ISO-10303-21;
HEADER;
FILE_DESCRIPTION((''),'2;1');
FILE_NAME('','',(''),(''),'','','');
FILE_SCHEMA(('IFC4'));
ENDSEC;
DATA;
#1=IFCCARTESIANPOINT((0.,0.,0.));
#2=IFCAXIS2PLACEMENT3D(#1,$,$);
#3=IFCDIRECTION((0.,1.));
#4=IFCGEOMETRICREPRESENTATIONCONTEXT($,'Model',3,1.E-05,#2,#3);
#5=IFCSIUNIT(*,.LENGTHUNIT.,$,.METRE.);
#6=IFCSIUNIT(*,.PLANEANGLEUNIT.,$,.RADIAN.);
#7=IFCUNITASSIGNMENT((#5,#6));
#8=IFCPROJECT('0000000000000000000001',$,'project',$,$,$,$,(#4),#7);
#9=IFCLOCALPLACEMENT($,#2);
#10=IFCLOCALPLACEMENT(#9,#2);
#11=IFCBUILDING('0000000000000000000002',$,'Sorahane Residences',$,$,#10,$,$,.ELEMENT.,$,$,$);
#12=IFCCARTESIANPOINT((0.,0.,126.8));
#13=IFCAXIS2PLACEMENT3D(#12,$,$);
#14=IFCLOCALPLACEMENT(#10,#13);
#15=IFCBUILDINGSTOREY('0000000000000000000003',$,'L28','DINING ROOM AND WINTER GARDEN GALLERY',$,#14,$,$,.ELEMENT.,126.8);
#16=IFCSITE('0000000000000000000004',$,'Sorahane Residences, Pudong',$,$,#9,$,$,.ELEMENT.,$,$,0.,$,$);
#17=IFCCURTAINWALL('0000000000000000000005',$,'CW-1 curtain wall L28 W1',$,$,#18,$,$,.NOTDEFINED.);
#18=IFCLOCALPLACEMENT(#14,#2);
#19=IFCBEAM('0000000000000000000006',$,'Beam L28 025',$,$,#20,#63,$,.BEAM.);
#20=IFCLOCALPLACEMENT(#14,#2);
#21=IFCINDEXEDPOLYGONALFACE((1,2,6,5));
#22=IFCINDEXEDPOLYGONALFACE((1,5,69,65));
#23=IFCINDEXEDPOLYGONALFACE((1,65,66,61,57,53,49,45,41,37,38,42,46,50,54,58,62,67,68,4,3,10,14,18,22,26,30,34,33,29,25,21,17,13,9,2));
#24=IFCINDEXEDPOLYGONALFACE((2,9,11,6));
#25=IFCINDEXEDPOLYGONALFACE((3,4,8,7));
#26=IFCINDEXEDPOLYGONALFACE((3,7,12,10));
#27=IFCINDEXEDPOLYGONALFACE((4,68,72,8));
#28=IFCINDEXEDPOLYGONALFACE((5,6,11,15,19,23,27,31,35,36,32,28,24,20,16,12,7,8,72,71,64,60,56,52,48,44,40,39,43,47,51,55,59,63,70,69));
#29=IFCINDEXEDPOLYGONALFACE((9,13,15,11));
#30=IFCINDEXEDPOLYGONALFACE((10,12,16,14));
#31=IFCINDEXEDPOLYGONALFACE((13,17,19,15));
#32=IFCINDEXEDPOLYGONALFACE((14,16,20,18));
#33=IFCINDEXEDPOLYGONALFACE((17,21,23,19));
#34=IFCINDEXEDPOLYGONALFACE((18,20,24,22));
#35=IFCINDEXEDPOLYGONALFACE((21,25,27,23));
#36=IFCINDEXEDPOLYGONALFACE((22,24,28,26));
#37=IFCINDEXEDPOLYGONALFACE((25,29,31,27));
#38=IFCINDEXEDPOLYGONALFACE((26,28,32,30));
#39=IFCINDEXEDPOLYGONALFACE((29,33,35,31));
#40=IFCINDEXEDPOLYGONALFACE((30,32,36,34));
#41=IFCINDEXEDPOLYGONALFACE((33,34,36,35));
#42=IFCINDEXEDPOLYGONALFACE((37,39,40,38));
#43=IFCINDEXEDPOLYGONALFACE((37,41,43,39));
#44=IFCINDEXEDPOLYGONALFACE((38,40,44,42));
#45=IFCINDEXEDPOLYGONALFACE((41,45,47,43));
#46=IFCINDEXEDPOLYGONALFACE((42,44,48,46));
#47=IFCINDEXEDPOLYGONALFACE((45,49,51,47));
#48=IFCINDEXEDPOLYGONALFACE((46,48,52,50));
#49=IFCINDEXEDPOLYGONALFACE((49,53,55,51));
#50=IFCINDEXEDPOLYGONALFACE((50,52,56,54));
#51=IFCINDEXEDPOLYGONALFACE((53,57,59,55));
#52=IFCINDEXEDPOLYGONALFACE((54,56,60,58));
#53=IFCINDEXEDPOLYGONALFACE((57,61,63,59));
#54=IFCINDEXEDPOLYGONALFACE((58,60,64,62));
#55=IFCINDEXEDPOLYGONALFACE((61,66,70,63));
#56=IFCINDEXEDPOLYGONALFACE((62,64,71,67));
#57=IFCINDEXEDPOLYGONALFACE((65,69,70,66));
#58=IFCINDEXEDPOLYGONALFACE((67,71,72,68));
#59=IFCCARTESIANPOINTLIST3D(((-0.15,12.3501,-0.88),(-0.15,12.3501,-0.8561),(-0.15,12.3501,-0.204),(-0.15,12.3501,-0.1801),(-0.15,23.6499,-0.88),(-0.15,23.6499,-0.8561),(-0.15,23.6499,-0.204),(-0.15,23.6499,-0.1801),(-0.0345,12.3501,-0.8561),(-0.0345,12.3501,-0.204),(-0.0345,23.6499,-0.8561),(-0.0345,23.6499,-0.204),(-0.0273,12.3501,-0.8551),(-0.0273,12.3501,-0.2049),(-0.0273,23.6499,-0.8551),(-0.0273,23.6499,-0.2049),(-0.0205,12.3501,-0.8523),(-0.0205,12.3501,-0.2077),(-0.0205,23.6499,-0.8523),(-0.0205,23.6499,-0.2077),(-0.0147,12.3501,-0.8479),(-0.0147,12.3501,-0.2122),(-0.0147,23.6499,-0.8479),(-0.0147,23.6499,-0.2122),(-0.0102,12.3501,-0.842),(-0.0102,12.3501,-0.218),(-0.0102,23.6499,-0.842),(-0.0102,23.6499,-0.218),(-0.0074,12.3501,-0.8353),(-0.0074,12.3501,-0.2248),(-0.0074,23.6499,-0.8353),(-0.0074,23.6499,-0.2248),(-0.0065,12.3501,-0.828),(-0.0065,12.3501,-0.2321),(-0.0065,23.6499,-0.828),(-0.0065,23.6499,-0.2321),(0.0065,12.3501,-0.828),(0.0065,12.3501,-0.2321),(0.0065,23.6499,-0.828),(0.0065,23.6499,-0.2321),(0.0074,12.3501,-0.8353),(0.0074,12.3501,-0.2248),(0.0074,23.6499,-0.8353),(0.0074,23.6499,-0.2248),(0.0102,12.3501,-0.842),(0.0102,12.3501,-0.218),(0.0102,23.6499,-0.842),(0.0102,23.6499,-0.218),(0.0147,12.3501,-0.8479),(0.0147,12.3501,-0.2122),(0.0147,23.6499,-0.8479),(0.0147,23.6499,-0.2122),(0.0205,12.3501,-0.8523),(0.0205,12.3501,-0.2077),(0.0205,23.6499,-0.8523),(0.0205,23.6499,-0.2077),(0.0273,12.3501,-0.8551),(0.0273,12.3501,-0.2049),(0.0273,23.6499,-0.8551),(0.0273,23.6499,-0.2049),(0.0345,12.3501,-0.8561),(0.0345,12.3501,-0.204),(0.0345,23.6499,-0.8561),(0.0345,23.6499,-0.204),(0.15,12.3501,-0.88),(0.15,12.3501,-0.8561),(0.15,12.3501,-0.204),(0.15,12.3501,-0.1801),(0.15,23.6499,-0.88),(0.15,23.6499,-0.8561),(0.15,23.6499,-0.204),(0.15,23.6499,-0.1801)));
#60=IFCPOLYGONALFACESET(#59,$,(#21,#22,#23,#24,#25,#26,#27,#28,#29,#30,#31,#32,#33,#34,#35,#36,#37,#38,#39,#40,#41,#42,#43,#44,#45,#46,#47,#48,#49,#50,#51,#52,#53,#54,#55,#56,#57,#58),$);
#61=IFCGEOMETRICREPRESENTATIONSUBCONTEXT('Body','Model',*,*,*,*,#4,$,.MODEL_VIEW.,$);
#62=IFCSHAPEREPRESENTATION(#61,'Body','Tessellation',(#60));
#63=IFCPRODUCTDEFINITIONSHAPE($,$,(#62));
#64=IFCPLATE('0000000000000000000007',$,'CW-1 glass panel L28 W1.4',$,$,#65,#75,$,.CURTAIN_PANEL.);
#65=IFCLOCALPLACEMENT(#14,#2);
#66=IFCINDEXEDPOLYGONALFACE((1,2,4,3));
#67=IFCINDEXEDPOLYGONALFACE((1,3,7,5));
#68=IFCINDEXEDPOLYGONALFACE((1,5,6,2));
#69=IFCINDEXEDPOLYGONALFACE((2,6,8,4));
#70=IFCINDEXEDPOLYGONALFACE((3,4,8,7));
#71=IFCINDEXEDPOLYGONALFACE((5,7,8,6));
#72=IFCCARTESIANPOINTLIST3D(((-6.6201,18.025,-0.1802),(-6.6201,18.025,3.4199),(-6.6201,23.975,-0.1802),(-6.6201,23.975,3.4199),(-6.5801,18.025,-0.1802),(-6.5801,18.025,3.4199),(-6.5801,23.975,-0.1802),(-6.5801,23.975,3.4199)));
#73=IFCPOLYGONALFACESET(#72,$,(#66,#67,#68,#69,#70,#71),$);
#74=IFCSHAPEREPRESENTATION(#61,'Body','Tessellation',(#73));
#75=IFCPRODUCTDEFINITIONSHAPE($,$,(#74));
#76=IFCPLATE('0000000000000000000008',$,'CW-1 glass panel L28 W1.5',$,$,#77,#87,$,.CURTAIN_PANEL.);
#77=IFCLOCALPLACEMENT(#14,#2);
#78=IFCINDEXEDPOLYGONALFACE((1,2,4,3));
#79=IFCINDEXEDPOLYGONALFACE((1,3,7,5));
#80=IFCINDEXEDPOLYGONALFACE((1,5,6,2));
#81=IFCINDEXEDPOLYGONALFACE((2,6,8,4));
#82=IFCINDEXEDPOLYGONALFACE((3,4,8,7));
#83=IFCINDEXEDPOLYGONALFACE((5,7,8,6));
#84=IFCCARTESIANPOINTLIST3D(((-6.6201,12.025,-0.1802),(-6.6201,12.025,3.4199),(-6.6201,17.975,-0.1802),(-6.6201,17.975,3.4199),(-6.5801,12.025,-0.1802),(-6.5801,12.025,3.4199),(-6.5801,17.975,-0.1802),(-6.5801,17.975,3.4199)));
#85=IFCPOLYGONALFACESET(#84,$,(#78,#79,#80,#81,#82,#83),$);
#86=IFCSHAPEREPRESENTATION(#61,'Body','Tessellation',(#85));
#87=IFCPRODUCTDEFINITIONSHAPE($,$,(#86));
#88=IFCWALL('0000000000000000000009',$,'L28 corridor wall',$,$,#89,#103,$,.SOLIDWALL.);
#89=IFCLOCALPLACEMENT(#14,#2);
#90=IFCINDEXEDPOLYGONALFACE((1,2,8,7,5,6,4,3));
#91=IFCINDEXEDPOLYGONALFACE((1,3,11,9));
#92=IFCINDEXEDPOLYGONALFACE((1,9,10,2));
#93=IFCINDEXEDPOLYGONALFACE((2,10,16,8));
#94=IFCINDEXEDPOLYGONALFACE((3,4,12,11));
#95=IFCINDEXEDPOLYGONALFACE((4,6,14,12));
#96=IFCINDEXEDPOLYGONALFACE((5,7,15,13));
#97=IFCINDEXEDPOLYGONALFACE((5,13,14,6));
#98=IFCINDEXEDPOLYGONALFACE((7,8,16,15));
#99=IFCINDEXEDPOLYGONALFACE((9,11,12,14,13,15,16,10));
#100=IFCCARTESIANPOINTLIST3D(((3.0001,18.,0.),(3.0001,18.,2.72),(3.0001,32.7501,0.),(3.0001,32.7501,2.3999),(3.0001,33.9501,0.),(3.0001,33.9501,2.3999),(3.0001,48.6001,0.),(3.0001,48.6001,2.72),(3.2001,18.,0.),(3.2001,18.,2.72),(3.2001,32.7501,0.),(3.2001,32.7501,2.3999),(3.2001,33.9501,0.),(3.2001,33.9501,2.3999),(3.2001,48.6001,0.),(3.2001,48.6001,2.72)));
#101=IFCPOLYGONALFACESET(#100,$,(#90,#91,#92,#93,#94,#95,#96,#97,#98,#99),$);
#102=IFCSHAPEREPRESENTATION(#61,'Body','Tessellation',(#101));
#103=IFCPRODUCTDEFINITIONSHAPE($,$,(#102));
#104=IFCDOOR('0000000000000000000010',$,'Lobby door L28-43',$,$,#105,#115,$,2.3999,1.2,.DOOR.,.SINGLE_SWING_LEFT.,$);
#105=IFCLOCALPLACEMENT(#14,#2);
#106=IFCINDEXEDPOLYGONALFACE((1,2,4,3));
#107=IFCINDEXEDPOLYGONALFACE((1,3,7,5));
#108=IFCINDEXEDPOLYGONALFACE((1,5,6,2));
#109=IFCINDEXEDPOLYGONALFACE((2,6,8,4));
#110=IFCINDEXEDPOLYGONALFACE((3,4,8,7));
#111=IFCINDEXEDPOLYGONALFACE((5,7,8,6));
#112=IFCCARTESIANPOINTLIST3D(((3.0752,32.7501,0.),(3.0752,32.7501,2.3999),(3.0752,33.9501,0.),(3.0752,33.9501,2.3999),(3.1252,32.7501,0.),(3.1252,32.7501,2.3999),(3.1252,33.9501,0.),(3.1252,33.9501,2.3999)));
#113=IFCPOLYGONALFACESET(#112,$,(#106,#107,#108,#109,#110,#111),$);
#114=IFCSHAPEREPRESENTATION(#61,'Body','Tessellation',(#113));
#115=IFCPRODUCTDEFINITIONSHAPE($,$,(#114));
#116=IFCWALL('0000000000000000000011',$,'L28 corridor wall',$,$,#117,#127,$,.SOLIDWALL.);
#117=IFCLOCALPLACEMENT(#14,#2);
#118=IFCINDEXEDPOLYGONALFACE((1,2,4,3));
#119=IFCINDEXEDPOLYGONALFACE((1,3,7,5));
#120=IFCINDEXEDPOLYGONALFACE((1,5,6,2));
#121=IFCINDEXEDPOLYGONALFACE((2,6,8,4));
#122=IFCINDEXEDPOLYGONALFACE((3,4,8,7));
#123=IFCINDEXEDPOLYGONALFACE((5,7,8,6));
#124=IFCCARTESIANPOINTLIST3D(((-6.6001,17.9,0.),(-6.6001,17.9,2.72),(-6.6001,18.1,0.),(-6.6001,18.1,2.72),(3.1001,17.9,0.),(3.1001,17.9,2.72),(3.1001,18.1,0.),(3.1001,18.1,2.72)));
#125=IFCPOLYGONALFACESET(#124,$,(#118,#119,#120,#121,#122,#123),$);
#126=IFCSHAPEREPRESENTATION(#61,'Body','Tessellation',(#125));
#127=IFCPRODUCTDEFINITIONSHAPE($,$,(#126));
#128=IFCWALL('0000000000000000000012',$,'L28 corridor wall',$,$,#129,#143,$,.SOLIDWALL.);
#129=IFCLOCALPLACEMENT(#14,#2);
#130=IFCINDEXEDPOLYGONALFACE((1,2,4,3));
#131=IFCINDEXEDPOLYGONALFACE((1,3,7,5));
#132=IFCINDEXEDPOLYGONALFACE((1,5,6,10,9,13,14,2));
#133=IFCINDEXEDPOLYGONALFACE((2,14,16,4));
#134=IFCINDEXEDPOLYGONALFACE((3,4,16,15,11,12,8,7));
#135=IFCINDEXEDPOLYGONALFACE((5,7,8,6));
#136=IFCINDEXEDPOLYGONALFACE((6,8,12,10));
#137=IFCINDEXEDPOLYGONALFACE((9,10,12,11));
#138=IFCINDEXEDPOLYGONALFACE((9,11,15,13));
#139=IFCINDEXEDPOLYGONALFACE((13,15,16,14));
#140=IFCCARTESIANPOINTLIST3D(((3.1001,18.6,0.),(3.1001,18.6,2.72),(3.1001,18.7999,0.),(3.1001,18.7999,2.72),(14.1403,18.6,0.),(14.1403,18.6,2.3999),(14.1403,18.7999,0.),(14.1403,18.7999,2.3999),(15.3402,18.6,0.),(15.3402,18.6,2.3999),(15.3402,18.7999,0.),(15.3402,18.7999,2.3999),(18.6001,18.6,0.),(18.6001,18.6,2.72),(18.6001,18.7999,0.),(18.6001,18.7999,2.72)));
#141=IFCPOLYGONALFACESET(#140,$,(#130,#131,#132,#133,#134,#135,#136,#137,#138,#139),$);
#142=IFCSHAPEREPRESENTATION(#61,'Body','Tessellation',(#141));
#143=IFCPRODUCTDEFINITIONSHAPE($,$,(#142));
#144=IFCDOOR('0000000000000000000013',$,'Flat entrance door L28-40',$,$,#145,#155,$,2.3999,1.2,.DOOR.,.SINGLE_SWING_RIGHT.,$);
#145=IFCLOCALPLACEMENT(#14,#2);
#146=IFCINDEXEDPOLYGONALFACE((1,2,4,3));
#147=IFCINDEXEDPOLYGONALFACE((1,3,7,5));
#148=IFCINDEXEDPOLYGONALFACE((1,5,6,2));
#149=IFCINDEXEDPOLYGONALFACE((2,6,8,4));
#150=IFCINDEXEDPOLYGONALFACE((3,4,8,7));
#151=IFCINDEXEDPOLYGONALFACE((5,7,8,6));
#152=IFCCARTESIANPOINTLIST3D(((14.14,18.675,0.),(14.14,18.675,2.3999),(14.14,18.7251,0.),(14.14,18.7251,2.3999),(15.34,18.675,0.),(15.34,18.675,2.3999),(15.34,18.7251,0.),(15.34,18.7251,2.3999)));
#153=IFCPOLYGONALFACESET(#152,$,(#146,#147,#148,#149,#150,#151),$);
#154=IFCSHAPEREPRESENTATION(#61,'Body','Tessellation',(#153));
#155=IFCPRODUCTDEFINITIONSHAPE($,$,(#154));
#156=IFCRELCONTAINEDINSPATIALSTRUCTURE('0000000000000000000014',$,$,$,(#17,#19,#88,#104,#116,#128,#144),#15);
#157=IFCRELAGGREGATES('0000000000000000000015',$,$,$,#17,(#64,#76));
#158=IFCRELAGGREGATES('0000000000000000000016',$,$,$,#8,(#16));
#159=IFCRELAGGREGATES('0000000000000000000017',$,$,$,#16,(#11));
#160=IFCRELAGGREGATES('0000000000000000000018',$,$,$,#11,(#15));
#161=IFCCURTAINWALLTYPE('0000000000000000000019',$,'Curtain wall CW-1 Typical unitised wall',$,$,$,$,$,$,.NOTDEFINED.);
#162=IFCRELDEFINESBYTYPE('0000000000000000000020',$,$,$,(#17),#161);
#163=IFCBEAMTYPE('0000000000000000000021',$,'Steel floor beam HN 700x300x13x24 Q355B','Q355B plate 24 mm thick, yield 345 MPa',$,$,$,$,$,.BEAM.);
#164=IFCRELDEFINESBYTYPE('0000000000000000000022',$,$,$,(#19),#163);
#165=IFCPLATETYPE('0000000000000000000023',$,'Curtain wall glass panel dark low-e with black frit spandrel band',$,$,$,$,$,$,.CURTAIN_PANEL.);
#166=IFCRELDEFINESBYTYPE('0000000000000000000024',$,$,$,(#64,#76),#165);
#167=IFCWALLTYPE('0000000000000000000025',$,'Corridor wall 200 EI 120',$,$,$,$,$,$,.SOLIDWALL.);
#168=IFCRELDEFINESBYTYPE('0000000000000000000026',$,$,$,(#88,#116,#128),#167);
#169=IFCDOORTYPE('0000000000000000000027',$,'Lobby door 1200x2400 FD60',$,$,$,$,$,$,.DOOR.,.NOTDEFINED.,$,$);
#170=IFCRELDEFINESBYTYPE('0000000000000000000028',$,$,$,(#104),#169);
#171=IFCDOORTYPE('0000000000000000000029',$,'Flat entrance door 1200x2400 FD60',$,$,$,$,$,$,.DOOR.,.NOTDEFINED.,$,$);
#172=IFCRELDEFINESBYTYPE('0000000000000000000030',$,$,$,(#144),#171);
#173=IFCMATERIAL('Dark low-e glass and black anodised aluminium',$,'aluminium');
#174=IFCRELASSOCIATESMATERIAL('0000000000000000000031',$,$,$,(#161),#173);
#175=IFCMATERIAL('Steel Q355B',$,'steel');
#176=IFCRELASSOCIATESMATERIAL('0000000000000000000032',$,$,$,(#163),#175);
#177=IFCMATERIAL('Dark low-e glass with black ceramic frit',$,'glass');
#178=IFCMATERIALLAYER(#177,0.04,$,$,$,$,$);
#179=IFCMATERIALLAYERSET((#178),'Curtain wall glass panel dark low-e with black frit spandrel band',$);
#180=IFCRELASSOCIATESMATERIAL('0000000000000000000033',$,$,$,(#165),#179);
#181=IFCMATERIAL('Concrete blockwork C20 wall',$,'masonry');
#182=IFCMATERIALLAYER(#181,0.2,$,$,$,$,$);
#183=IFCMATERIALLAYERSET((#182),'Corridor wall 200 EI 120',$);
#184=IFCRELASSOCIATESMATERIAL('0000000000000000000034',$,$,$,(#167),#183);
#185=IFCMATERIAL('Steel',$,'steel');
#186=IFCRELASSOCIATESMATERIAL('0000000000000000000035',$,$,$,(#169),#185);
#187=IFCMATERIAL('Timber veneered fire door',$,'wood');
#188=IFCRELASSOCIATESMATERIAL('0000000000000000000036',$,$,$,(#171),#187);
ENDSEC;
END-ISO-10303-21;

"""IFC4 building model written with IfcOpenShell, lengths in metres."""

from ifc_helpers import new_model, si_unit, direction, frame, frame_2d, origin, origin_2d, place, context, subcontext, project, spatial, rectangle, i_section, extrude, material, layer, layer_set, material_profile, profile_set, type_object, element, fill, aggregate, save


model = new_model("IFC4")

# Units and contexts
model_context = context("Model", 3, precision=1e-05, world=origin(), true_north=direction((0.0, 1.0)))
body_context = subcontext(model_context, "Body", "Model", "MODEL_VIEW")
ifc_project = project(units=[si_unit("LENGTHUNIT", "METRE"), si_unit("PLANEANGLEUNIT", "RADIAN")], contexts=[model_context])

# Site, building, storey
site_placement = place(None, origin())
site = spatial("IfcSite", under=ifc_project, at=site_placement, Name="Sorahane Residences, Pudong", CompositionType="ELEMENT", RefElevation=0.0)
building_placement = place(site_placement, origin())
building = spatial("IfcBuilding", under=site, at=building_placement, Name="Sorahane Residences", CompositionType="ELEMENT")
storey_placement = place(building_placement, frame((0.0, 0.0, 126.8)))
storey = spatial("IfcBuildingStorey", under=building, at=storey_placement, Name="L28", Description="DINING ROOM AND WINTER GARDEN GALLERY", CompositionType="ELEMENT", Elevation=126.8)

# Curtain wall
ifc_material_1 = material(Name="Dark low-e glass and black anodised aluminium", Category="aluminium")
curtain_wall_type = type_object("IfcCurtainWallType", Name="Curtain wall CW-1 Typical unitised wall", PredefinedType="NOTDEFINED", material=ifc_material_1)
curtain_wall_placement = place(storey_placement, origin())
curtain_wall = element("IfcCurtainWall", 1, at=curtain_wall_placement, inside=storey, type_object=curtain_wall_type, Name="CW-1 curtain wall L28 W1", PredefinedType="NOTDEFINED")

# Beam
ifc_material_2 = material(Name="Steel Q355B", Category="steel")
ifc_material_profile_1 = material_profile(ifc_material_2, i_section(OverallWidth=0.3, OverallDepth=0.7, WebThickness=0.0129, FlangeThickness=0.0239, FilletRadius=0.0281, at=origin_2d()), Name="HN 700x300x13x24")
ifc_profile_set_1 = profile_set([ifc_material_profile_1], Name="Steel Q355B")
beam_type_1 = type_object("IfcBeamType", Name="Steel floor beam HN 700x300x13x24 Q355B", Description="Q355B plate 24 mm thick, yield 345 MPa", PredefinedType="BEAM", material=ifc_profile_set_1)
beam_1_placement = place(storey_placement, frame((0.0, 12.3501, -0.53), z_axis=(0.0, 1.0, 0.0), x_axis=(-1.0, 0.0, 0.0)))
element("IfcBeam", 2, at=beam_1_placement, inside=storey, type_object=beam_type_1, Name="Beam L28 025", PredefinedType="BEAM", context=body_context, shape_type="SweptSolid", body=[
    extrude(i_section(OverallWidth=0.3, OverallDepth=0.7, WebThickness=0.0129, FlangeThickness=0.0239, FilletRadius=0.0281, at=origin_2d()), origin(), (0.0, 0.0, 1.0), 11.2998),
])

# Plates
ifc_material_3 = material(Name="Dark low-e glass with black ceramic frit", Category="glass")
ifc_layer_1 = layer(ifc_material_3, 0.04)
ifc_layer_set_1 = layer_set([ifc_layer_1], Name="Curtain wall glass panel dark low-e with black frit spandrel band")
plate_type = type_object("IfcPlateType", Name="Curtain wall glass panel dark low-e with black frit spandrel band", PredefinedType="CURTAIN_PANEL", material=ifc_layer_set_1)
plate_1_placement = place(storey_placement, frame((-6.6001, 21.0, -0.1802), z_axis=(0.0, 0.0, 1.0), x_axis=(0.0, -1.0, 0.0)))
plate_1 = element("IfcPlate", 3, at=plate_1_placement, type_object=plate_type, Name="CW-1 glass panel L28 W1.4", PredefinedType="CURTAIN_PANEL", context=body_context, shape_type="SweptSolid", body=[
    extrude(rectangle(XDim=5.95, YDim=0.04, at=origin_2d()), origin(), (0.0, 0.0, 1.0), 3.6001),
])
plate_2_placement = place(storey_placement, frame((-6.6001, 15.0, -0.1802), z_axis=(0.0, 0.0, 1.0), x_axis=(0.0, -1.0, 0.0)))
plate_2 = element("IfcPlate", 4, at=plate_2_placement, type_object=plate_type, Name="CW-1 glass panel L28 W1.5", PredefinedType="CURTAIN_PANEL", context=body_context, shape_type="SweptSolid", body=[
    extrude(rectangle(XDim=5.95, YDim=0.04, at=origin_2d()), origin(), (0.0, 0.0, 1.0), 3.6001),
])
aggregate(curtain_wall, [plate_1, plate_2])

# Wall, opening, door
ifc_material_4 = material(Name="Concrete blockwork C20 wall", Category="masonry")
ifc_layer_2 = layer(ifc_material_4, 0.2)
ifc_layer_set_2 = layer_set([ifc_layer_2], Name="Corridor wall 200 EI 120")
wall_type_1 = type_object("IfcWallType", Name="Corridor wall 200 EI 120", PredefinedType="SOLIDWALL", material=ifc_layer_set_2)
wall_1_placement = place(storey_placement, frame((3.1001, 18.0, 0.0), z_axis=(0.0, 0.0, 1.0), x_axis=(0.0, 1.0, 0.0)))
wall_1 = element("IfcWall", 5, at=wall_1_placement, inside=storey, type_object=wall_type_1, Name="L28 corridor wall", PredefinedType="SOLIDWALL", context=body_context, shape_type="SweptSolid", body=[
    extrude(rectangle(XDim=30.6001, YDim=0.2, at=frame_2d((15.3, 0.0))), origin(), (0.0, 0.0, 1.0), 2.72),
])
opening_1_placement = place(wall_1_placement, frame((14.75, 0.0, 0.0)))
opening_1 = element("IfcOpeningElement", 6, at=opening_1_placement, cuts=wall_1, PredefinedType="OPENING", context=body_context, shape_type="SweptSolid", body=[
    extrude(rectangle(XDim=1.2, YDim=2.3999, at=frame_2d((0.6001, 1.2))), frame((0.0, 0.1099, 0.0), z_axis=(0.0, -1.0, 0.0), x_axis=(1.0, 0.0, 0.0)), (0.0, 0.0, 1.0), 0.22),
])
ifc_material_5 = material(Name="Steel", Category="steel")
door_type_1 = type_object("IfcDoorType", Name="Lobby door 1200x2400 FD60", OperationType="NOTDEFINED", PredefinedType="DOOR", material=ifc_material_5)
door_1_placement = place(opening_1_placement, origin())
door_1 = element("IfcDoor", 7, at=door_1_placement, inside=storey, type_object=door_type_1, Name="Lobby door L28-43", OperationType="SINGLE_SWING_LEFT", OverallHeight=2.3999, OverallWidth=1.2, PredefinedType="DOOR", context=body_context, shape_type="SweptSolid", body=[
    extrude(rectangle(XDim=1.2, YDim=2.3999, at=frame_2d((0.6001, 1.2))), frame((0.0, 0.0249, 0.0), z_axis=(0.0, -1.0, 0.0), x_axis=(1.0, 0.0, 0.0)), (0.0, 0.0, 1.0), 0.05),
])
fill(opening_1, door_1)

# Wall
wall_2_placement = place(storey_placement, frame((-6.6001, 18.0, 0.0), z_axis=(0.0, 0.0, 1.0), x_axis=(1.0, 0.0, 0.0)))
element("IfcWall", 8, at=wall_2_placement, inside=storey, type_object=wall_type_1, Name="L28 corridor wall", PredefinedType="SOLIDWALL", context=body_context, shape_type="SweptSolid", body=[
    extrude(rectangle(XDim=9.7002, YDim=0.2, at=frame_2d((4.8501, 0.0))), origin(), (0.0, 0.0, 1.0), 2.72),
])

# Wall, opening, door
wall_3_placement = place(storey_placement, frame((3.1001, 18.7, 0.0), z_axis=(0.0, 0.0, 1.0), x_axis=(1.0, 0.0, 0.0)))
wall_3 = element("IfcWall", 9, at=wall_3_placement, inside=storey, type_object=wall_type_1, Name="L28 corridor wall", PredefinedType="SOLIDWALL", context=body_context, shape_type="SweptSolid", body=[
    extrude(rectangle(XDim=15.5, YDim=0.2, at=frame_2d((7.75, 0.0))), origin(), (0.0, 0.0, 1.0), 2.72),
])
opening_2_placement = place(wall_3_placement, frame((11.04, 0.0, 0.0)))
opening_2 = element("IfcOpeningElement", 10, at=opening_2_placement, cuts=wall_3, PredefinedType="OPENING", context=body_context, shape_type="SweptSolid", body=[
    extrude(rectangle(XDim=1.2, YDim=2.3999, at=frame_2d((0.6001, 1.2))), frame((0.0, 0.1099, 0.0), z_axis=(0.0, -1.0, 0.0), x_axis=(1.0, 0.0, 0.0)), (0.0, 0.0, 1.0), 0.22),
])
ifc_material_6 = material(Name="Timber veneered fire door", Category="wood")
door_type_2 = type_object("IfcDoorType", Name="Flat entrance door 1200x2400 FD60", OperationType="NOTDEFINED", PredefinedType="DOOR", material=ifc_material_6)
door_2_placement = place(opening_2_placement, frame((1.2, 0.0, 0.0), z_axis=(0.0, 0.0, 1.0), x_axis=(-1.0, 0.0, 0.0)))
door_2 = element("IfcDoor", 11, at=door_2_placement, inside=storey, type_object=door_type_2, Name="Flat entrance door L28-40", OperationType="SINGLE_SWING_RIGHT", OverallHeight=2.3999, OverallWidth=1.2, PredefinedType="DOOR", context=body_context, shape_type="SweptSolid", body=[
    extrude(rectangle(XDim=1.2, YDim=2.3999, at=frame_2d((0.6001, 1.2))), frame((0.0, 0.0249, 0.0), z_axis=(0.0, -1.0, 0.0), x_axis=(1.0, 0.0, 0.0)), (0.0, 0.0, 1.0), 0.05),
])
fill(opening_2, door_2)

save(model, "model.ifc")
